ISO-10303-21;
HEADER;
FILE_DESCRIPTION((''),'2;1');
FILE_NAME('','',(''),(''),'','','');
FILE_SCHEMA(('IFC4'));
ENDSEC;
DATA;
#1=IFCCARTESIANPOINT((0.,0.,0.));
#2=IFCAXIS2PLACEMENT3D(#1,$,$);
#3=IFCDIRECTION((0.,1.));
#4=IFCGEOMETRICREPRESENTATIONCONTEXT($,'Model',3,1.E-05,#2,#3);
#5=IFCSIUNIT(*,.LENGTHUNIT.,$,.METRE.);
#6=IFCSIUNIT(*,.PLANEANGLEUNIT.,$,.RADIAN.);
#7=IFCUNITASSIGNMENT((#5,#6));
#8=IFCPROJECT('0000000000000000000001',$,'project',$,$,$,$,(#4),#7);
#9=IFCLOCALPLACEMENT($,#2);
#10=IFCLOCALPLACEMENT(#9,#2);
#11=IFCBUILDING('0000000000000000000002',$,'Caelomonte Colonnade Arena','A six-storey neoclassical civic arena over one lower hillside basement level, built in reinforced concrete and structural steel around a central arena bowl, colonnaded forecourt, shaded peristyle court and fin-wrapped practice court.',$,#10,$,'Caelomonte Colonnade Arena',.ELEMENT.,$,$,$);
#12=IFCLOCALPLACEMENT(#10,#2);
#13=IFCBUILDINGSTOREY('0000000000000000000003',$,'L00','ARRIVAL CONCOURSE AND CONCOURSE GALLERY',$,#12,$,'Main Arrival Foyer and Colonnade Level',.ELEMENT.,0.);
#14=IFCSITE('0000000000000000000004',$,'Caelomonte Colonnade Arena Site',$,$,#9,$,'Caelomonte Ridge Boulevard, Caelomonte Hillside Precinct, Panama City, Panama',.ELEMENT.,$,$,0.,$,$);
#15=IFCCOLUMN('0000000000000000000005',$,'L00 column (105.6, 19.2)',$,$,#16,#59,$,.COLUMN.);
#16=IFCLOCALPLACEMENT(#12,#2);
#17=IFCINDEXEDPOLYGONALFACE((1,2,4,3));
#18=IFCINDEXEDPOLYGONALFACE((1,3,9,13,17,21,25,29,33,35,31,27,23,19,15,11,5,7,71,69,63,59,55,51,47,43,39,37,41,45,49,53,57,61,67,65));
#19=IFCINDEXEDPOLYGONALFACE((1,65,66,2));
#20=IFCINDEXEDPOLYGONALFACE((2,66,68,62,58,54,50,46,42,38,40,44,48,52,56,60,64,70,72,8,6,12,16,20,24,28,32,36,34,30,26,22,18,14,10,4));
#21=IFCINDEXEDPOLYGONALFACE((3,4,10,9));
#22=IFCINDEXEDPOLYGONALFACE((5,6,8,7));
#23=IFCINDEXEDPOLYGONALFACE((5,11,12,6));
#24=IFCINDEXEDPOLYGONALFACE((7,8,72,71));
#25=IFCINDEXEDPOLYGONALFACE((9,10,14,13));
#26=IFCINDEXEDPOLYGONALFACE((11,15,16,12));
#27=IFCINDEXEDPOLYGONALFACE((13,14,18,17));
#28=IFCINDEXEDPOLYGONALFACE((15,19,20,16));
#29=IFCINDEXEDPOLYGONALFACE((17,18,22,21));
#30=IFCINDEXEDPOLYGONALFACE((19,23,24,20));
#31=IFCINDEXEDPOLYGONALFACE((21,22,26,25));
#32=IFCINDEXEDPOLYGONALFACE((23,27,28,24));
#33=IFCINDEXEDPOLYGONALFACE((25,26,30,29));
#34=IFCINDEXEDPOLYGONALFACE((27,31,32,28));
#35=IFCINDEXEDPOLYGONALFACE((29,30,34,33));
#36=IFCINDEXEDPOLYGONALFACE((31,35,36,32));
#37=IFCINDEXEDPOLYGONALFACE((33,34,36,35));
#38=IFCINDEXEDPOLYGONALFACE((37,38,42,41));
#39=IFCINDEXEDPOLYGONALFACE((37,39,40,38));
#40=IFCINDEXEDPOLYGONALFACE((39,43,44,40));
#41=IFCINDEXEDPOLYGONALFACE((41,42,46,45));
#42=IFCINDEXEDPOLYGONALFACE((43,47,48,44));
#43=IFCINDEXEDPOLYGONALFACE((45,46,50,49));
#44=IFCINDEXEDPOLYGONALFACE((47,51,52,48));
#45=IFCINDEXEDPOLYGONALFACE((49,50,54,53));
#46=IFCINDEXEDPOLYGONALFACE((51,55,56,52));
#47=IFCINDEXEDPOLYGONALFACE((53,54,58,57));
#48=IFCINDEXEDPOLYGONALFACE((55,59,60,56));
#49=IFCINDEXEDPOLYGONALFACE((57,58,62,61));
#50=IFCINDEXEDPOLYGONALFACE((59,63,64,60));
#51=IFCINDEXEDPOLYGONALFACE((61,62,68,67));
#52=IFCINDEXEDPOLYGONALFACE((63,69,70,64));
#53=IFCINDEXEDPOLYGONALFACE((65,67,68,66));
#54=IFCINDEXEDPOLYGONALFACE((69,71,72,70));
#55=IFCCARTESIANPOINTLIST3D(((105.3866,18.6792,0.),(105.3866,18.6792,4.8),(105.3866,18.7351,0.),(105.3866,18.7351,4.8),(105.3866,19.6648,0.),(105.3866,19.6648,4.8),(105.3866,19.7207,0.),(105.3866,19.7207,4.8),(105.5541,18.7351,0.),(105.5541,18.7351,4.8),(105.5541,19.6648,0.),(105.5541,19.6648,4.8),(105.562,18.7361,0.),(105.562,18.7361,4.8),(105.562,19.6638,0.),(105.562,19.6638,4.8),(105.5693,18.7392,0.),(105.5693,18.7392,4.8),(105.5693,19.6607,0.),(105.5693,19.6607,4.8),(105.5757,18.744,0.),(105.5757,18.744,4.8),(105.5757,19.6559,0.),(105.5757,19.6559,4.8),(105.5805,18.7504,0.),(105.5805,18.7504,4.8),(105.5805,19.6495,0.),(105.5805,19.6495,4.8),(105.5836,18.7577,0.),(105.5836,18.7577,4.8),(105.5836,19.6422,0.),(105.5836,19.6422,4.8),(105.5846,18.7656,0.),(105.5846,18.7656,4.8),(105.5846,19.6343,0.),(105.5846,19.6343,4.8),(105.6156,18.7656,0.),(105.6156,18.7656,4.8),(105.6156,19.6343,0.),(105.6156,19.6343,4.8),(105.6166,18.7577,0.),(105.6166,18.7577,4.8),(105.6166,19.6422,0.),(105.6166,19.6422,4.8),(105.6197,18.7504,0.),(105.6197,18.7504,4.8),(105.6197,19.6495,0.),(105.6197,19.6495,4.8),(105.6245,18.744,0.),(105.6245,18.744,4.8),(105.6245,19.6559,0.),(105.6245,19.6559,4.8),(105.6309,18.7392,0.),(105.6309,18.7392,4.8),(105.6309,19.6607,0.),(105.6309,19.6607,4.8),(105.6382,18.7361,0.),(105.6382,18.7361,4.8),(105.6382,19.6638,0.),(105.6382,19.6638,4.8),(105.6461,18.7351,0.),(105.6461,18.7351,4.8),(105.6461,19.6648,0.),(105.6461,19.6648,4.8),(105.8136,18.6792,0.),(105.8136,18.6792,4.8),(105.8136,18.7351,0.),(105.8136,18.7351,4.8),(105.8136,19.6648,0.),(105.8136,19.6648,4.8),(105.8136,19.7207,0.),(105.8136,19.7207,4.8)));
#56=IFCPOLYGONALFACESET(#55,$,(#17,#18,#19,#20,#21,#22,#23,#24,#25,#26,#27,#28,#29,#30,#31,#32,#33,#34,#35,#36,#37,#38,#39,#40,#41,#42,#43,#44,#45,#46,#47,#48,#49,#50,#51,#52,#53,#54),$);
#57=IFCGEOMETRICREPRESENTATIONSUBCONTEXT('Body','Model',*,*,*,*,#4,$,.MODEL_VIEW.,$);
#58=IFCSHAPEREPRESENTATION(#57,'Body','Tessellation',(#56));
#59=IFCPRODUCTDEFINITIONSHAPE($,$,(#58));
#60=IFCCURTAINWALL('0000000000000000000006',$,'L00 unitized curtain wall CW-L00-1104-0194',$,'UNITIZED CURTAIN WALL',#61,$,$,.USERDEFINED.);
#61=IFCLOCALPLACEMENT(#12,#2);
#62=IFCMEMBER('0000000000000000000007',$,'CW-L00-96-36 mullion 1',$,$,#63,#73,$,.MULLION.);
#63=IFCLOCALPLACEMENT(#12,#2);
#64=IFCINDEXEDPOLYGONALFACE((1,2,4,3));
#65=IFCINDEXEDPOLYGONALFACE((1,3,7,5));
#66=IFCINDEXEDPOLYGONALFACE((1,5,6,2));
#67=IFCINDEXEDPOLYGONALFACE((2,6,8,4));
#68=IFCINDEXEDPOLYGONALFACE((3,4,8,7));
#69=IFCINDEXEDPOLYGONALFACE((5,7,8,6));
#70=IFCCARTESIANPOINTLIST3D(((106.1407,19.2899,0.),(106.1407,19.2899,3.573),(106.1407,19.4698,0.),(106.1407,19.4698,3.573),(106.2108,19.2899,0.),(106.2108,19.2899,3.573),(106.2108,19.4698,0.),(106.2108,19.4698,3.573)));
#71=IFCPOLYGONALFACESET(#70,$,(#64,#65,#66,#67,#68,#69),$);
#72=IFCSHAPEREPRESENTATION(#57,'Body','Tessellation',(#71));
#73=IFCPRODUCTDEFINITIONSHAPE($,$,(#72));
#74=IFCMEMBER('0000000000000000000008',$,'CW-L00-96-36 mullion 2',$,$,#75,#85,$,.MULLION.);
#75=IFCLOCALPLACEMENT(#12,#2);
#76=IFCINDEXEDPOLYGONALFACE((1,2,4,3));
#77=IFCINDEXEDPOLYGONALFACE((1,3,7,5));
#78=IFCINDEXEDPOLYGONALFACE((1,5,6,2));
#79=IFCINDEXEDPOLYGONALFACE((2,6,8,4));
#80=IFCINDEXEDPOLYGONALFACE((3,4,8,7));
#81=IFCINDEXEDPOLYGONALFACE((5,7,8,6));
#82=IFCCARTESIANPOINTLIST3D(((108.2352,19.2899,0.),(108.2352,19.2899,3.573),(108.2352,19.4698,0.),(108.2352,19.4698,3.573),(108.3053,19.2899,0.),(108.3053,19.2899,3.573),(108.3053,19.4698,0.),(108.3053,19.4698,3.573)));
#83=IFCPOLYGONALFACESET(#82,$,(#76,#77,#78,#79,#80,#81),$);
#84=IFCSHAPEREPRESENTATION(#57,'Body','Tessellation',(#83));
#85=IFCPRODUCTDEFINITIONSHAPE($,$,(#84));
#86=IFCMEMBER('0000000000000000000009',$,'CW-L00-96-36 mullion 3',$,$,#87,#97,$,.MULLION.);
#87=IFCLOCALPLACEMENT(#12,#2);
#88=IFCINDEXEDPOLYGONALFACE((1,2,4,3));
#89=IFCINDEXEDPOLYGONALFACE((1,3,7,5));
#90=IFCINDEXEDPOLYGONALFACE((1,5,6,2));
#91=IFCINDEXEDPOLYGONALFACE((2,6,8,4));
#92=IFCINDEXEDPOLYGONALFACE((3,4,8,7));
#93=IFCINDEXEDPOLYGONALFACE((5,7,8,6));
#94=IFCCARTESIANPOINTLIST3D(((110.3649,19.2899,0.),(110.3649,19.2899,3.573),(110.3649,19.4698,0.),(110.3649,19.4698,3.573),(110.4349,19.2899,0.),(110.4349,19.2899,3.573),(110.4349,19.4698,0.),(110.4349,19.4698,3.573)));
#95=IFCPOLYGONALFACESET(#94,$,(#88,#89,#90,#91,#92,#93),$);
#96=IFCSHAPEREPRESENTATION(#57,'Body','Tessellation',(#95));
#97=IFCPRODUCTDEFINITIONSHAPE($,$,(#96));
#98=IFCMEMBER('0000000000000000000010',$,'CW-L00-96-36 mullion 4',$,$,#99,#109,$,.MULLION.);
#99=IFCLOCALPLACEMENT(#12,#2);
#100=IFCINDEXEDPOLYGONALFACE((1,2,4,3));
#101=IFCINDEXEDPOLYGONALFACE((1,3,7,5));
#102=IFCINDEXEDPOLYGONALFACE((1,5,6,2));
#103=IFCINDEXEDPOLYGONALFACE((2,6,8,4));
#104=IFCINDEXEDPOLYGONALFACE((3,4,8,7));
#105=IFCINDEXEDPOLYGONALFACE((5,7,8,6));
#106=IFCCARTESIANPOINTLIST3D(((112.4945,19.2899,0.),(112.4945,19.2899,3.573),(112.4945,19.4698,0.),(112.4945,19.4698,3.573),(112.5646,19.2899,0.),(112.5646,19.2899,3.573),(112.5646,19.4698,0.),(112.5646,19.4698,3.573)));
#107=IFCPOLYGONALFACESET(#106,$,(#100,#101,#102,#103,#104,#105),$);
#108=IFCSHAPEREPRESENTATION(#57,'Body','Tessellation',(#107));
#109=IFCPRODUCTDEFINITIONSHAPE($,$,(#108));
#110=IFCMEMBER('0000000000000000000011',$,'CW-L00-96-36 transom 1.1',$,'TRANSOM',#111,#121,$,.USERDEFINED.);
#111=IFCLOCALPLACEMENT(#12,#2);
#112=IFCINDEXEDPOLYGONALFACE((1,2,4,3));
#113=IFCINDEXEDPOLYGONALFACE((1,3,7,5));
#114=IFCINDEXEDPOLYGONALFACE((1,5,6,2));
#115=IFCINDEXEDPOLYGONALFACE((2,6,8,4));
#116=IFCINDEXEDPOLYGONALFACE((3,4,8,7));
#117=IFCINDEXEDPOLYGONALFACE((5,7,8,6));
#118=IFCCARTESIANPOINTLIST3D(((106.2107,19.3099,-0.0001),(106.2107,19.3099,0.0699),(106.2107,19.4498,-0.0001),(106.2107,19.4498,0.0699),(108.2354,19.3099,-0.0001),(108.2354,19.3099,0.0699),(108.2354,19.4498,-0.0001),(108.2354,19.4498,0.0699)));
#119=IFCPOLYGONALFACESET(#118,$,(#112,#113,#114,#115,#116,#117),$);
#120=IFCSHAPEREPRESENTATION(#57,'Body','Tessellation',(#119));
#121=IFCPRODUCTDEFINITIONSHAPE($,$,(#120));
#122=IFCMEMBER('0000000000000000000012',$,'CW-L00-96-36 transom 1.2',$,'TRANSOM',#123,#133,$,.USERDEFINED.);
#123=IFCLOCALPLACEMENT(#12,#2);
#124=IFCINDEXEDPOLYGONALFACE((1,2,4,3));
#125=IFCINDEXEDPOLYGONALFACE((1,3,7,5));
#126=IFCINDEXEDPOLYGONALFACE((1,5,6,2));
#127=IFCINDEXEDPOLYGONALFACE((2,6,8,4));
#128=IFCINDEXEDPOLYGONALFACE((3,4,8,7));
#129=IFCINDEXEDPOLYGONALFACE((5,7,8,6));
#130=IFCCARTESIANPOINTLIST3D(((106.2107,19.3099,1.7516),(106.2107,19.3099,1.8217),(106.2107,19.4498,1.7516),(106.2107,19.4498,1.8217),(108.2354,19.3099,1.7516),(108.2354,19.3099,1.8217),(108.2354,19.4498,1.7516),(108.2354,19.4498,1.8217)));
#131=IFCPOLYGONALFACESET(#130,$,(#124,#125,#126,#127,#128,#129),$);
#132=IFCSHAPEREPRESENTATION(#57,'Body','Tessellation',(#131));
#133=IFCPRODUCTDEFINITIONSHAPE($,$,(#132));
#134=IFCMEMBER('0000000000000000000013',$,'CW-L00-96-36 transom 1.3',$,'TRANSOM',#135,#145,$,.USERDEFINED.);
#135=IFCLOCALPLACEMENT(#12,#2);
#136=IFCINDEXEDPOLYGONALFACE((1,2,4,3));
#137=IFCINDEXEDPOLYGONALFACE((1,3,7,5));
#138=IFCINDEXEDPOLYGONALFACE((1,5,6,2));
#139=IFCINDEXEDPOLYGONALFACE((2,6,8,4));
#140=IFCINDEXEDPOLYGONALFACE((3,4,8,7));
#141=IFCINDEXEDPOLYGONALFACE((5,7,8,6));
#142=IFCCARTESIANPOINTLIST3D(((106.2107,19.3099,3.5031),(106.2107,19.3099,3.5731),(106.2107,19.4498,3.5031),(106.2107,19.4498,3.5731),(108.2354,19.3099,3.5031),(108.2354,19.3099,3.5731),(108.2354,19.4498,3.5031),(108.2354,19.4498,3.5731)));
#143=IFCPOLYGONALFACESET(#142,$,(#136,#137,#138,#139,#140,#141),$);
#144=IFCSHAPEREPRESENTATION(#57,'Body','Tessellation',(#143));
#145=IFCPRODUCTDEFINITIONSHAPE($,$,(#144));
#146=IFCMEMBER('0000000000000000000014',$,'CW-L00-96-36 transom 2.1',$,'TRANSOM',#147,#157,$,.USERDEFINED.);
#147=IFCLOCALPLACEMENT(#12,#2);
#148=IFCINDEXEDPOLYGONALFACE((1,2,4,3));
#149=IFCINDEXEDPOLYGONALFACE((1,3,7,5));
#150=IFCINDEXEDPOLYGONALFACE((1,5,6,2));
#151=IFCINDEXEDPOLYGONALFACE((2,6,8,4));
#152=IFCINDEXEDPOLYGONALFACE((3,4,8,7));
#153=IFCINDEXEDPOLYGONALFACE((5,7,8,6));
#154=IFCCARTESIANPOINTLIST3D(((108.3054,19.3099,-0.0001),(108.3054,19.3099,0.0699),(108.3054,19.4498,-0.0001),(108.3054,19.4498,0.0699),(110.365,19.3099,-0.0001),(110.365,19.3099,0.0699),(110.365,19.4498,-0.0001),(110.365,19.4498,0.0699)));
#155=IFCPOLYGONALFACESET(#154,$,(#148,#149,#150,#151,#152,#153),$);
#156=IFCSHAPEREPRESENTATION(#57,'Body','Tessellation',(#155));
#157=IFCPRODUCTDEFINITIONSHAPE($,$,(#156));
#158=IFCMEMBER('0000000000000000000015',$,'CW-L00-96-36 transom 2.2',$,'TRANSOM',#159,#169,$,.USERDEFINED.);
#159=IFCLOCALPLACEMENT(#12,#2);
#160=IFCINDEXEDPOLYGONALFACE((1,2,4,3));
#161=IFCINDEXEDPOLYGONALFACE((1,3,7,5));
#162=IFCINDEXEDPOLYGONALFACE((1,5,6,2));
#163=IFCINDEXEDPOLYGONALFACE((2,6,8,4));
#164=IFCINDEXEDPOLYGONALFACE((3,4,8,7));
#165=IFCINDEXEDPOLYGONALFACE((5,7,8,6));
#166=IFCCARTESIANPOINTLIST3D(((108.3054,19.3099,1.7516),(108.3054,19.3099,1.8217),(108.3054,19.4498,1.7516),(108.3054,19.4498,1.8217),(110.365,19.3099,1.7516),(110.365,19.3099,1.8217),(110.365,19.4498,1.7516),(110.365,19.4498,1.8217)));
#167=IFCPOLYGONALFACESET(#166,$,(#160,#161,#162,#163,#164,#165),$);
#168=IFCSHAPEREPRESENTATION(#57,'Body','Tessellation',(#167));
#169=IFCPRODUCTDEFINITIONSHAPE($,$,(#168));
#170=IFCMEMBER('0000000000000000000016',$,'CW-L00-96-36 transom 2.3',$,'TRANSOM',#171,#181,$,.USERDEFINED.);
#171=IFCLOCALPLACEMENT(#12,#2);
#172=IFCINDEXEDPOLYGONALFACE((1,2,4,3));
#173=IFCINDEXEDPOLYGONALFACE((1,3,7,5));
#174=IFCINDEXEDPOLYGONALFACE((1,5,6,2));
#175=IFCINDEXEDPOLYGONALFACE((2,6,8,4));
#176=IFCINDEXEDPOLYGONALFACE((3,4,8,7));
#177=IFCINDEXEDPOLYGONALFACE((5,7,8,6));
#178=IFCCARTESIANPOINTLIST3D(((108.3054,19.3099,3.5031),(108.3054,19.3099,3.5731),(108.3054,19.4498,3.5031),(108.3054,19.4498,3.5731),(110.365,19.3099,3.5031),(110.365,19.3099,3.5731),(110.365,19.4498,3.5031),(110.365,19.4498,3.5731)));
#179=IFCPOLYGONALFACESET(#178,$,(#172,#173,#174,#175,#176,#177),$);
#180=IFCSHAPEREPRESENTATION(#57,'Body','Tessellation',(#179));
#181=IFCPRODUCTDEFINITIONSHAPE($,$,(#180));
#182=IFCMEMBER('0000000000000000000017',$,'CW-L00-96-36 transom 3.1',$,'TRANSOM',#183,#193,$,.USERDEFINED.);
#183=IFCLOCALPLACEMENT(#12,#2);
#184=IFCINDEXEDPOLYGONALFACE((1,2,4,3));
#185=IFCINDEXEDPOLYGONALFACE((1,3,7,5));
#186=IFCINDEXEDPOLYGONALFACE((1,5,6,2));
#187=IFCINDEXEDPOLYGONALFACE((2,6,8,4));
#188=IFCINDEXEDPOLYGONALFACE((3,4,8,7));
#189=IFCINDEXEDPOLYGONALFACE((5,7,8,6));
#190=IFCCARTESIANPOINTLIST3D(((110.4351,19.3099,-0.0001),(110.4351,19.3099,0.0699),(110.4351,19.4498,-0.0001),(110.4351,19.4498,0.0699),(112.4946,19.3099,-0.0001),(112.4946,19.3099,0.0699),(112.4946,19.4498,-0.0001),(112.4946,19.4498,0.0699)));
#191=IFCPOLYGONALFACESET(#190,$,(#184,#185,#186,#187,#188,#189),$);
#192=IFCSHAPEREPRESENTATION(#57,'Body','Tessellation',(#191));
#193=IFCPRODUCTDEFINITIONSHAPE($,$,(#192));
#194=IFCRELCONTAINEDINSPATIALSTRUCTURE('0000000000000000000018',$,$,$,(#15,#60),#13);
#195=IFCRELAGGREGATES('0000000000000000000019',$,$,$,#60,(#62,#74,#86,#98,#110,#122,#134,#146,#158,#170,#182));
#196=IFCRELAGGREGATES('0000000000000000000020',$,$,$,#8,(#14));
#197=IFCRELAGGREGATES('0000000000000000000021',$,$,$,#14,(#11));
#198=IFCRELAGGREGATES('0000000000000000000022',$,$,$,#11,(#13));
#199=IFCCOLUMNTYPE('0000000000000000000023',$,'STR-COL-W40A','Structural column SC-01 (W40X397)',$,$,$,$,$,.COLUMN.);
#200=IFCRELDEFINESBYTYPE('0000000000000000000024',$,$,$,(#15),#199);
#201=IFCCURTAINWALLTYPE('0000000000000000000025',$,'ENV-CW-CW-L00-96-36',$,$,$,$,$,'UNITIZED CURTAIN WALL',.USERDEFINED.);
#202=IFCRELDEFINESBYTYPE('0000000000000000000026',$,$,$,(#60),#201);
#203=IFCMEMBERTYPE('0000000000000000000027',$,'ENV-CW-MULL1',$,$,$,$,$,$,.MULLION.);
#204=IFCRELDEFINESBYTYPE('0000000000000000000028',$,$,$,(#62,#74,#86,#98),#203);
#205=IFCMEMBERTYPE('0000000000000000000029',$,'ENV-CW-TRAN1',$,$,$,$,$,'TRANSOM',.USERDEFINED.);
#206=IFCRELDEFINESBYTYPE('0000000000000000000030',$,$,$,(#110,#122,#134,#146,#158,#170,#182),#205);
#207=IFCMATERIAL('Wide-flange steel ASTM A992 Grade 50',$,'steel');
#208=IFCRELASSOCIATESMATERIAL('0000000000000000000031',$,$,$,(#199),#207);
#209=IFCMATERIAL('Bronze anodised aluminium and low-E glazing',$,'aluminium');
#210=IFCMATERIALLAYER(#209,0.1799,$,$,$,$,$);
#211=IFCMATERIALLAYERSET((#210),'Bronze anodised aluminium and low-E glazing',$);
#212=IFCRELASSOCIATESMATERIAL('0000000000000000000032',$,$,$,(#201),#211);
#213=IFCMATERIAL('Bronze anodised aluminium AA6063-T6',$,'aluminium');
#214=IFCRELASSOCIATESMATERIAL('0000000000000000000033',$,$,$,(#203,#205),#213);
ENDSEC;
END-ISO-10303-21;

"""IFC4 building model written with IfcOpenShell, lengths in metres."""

from ifc_helpers import new_model, si_unit, direction, frame, origin, origin_2d, place, context, subcontext, project, spatial, rectangle, i_section, extrude, material, layer, layer_set, material_profile, profile_set, type_object, element, aggregate, save


model = new_model("IFC4")

# Units and contexts
model_context = context("Model", 3, precision=1e-05, world=origin(), true_north=direction((0.0, 1.0)))
body_context = subcontext(model_context, "Body", "Model", "MODEL_VIEW")
ifc_project = project(units=[si_unit("LENGTHUNIT", "METRE"), si_unit("PLANEANGLEUNIT", "RADIAN")], contexts=[model_context])

# Site, building, storey
site_placement = place(None, origin())
site = spatial("IfcSite", under=ifc_project, at=site_placement, Name="Caelomonte Colonnade Arena Site", LongName="Caelomonte Ridge Boulevard, Caelomonte Hillside Precinct, Panama City, Panama", CompositionType="ELEMENT", RefElevation=0.0)
building_placement = place(site_placement, origin())
building = spatial("IfcBuilding", under=site, at=building_placement, Name="Caelomonte Colonnade Arena", Description="A six-storey neoclassical civic arena over one lower hillside basement level, built in reinforced concrete and structural steel around a central arena bowl, colonnaded forecourt, shaded peristyle court and fin-wrapped practice court.", LongName="Caelomonte Colonnade Arena", CompositionType="ELEMENT")
storey_placement = place(building_placement, origin())
storey = spatial("IfcBuildingStorey", under=building, at=storey_placement, Name="L00", Description="ARRIVAL CONCOURSE AND CONCOURSE GALLERY", LongName="Main Arrival Foyer and Colonnade Level", CompositionType="ELEMENT", Elevation=0.0)

# Column
ifc_material_1 = material(Name="Wide-flange steel ASTM A992 Grade 50", Category="steel")
ifc_material_profile_1 = material_profile(ifc_material_1, i_section(OverallWidth=0.427, OverallDepth=1.0415, WebThickness=0.031, FlangeThickness=0.0559, FilletRadius=0.0305, at=origin_2d()), Name="W40X397")
ifc_profile_set_1 = profile_set([ifc_material_profile_1], Name="Wide-flange steel ASTM A992 Grade 50")
column_type = type_object("IfcColumnType", Name="STR-COL-W40A", Description="Structural column SC-01 (W40X397)", PredefinedType="COLUMN", material=ifc_profile_set_1)
column_placement = place(storey_placement, frame((105.6001, 19.2, 0.0), z_axis=(0.0, 0.0, 1.0), x_axis=(1.0, 0.0, 0.0)))
element("IfcColumn", 1, at=column_placement, inside=storey, type_object=column_type, Name="L00 column (105.6, 19.2)", PredefinedType="COLUMN", context=body_context, shape_type="SweptSolid", body=[
    extrude(i_section(OverallWidth=0.427, OverallDepth=1.0415, WebThickness=0.031, FlangeThickness=0.0559, FilletRadius=0.0305, at=origin_2d()), origin(), (0.0, 0.0, 1.0), 4.8),
])

# Curtain wall, members
ifc_material_2 = material(Name="Bronze anodised aluminium and low-E glazing", Category="aluminium")
ifc_layer_1 = layer(ifc_material_2, 0.1799)
ifc_layer_set_1 = layer_set([ifc_layer_1], Name="Bronze anodised aluminium and low-E glazing")
curtain_wall_type = type_object("IfcCurtainWallType", Name="ENV-CW-CW-L00-96-36", ElementType="UNITIZED CURTAIN WALL", PredefinedType="USERDEFINED", material=ifc_layer_set_1)
curtain_wall_placement = place(storey_placement, origin())
curtain_wall = element("IfcCurtainWall", 2, at=curtain_wall_placement, inside=storey, type_object=curtain_wall_type, Name="L00 unitized curtain wall CW-L00-1104-0194", ObjectType="UNITIZED CURTAIN WALL", PredefinedType="USERDEFINED")
ifc_material_3 = material(Name="Bronze anodised aluminium AA6063-T6", Category="aluminium")
ifc_material_profile_2 = material_profile(ifc_material_3, rectangle(XDim=0.0701, YDim=0.1799, at=origin_2d()), Name="CWM-70X180")
ifc_profile_set_2 = profile_set([ifc_material_profile_2], Name="Bronze anodised aluminium AA6063-T6")
member_type_1 = type_object("IfcMemberType", Name="ENV-CW-MULL1", PredefinedType="MULLION", material=ifc_profile_set_2)
member_1_placement = place(storey_placement, frame((106.1758, 19.3799, 0.0), z_axis=(0.0, 0.0, 1.0), x_axis=(1.0, 0.0, 0.0)))
member_1 = element("IfcMember", 3, at=member_1_placement, type_object=member_type_1, Name="CW-L00-96-36 mullion 1", PredefinedType="MULLION", context=body_context, shape_type="SweptSolid", body=[
    extrude(rectangle(XDim=0.0701, YDim=0.1799, at=origin_2d()), origin(), (0.0, 0.0, 1.0), 3.573),
])
member_2_placement = place(storey_placement, frame((108.2703, 19.3799, 0.0), z_axis=(0.0, 0.0, 1.0), x_axis=(1.0, 0.0, 0.0)))
member_2 = element("IfcMember", 4, at=member_2_placement, type_object=member_type_1, Name="CW-L00-96-36 mullion 2", PredefinedType="MULLION", context=body_context, shape_type="SweptSolid", body=[
    extrude(rectangle(XDim=0.0701, YDim=0.1799, at=origin_2d()), origin(), (0.0, 0.0, 1.0), 3.573),
])
member_3_placement = place(storey_placement, frame((110.3999, 19.3799, 0.0), z_axis=(0.0, 0.0, 1.0), x_axis=(1.0, 0.0, 0.0)))
member_3 = element("IfcMember", 5, at=member_3_placement, type_object=member_type_1, Name="CW-L00-96-36 mullion 3", PredefinedType="MULLION", context=body_context, shape_type="SweptSolid", body=[
    extrude(rectangle(XDim=0.0701, YDim=0.1799, at=origin_2d()), origin(), (0.0, 0.0, 1.0), 3.573),
])
member_4_placement = place(storey_placement, frame((112.5295, 19.3799, 0.0), z_axis=(0.0, 0.0, 1.0), x_axis=(1.0, 0.0, 0.0)))
member_4 = element("IfcMember", 6, at=member_4_placement, type_object=member_type_1, Name="CW-L00-96-36 mullion 4", PredefinedType="MULLION", context=body_context, shape_type="SweptSolid", body=[
    extrude(rectangle(XDim=0.0701, YDim=0.1799, at=origin_2d()), origin(), (0.0, 0.0, 1.0), 3.573),
])
ifc_material_profile_3 = material_profile(ifc_material_3, rectangle(XDim=0.0701, YDim=0.1399, at=origin_2d()), Name="CWT-70X140")
ifc_profile_set_3 = profile_set([ifc_material_profile_3], Name="Bronze anodised aluminium AA6063-T6")
member_type_2 = type_object("IfcMemberType", Name="ENV-CW-TRAN1", ElementType="TRANSOM", PredefinedType="USERDEFINED", material=ifc_profile_set_3)
member_5_placement = place(storey_placement, frame((106.2107, 19.3799, 0.0349), z_axis=(1.0, 0.0, 0.0), x_axis=(0.0, 0.0, 1.0)))
member_5 = element("IfcMember", 7, at=member_5_placement, type_object=member_type_2, Name="CW-L00-96-36 transom 1.1", ObjectType="TRANSOM", PredefinedType="USERDEFINED", context=body_context, shape_type="SweptSolid", body=[
    extrude(rectangle(XDim=0.0701, YDim=0.1399, at=origin_2d()), origin(), (0.0, 0.0, 1.0), 2.0247),
])
member_6_placement = place(storey_placement, frame((106.2107, 19.3799, 1.7866), z_axis=(1.0, 0.0, 0.0), x_axis=(0.0, 0.0, 1.0)))
member_6 = element("IfcMember", 8, at=member_6_placement, type_object=member_type_2, Name="CW-L00-96-36 transom 1.2", ObjectType="TRANSOM", PredefinedType="USERDEFINED", context=body_context, shape_type="SweptSolid", body=[
    extrude(rectangle(XDim=0.0701, YDim=0.1399, at=origin_2d()), origin(), (0.0, 0.0, 1.0), 2.0247),
])
member_7_placement = place(storey_placement, frame((106.2107, 19.3799, 3.5381), z_axis=(1.0, 0.0, 0.0), x_axis=(0.0, 0.0, 1.0)))
member_7 = element("IfcMember", 9, at=member_7_placement, type_object=member_type_2, Name="CW-L00-96-36 transom 1.3", ObjectType="TRANSOM", PredefinedType="USERDEFINED", context=body_context, shape_type="SweptSolid", body=[
    extrude(rectangle(XDim=0.0701, YDim=0.1399, at=origin_2d()), origin(), (0.0, 0.0, 1.0), 2.0247),
])
member_8_placement = place(storey_placement, frame((108.3054, 19.3799, 0.0349), z_axis=(1.0, 0.0, 0.0), x_axis=(0.0, 0.0, 1.0)))
member_8 = element("IfcMember", 10, at=member_8_placement, type_object=member_type_2, Name="CW-L00-96-36 transom 2.1", ObjectType="TRANSOM", PredefinedType="USERDEFINED", context=body_context, shape_type="SweptSolid", body=[
    extrude(rectangle(XDim=0.0701, YDim=0.1399, at=origin_2d()), origin(), (0.0, 0.0, 1.0), 2.0596),
])
member_9_placement = place(storey_placement, frame((108.3054, 19.3799, 1.7866), z_axis=(1.0, 0.0, 0.0), x_axis=(0.0, 0.0, 1.0)))
member_9 = element("IfcMember", 11, at=member_9_placement, type_object=member_type_2, Name="CW-L00-96-36 transom 2.2", ObjectType="TRANSOM", PredefinedType="USERDEFINED", context=body_context, shape_type="SweptSolid", body=[
    extrude(rectangle(XDim=0.0701, YDim=0.1399, at=origin_2d()), origin(), (0.0, 0.0, 1.0), 2.0596),
])
member_10_placement = place(storey_placement, frame((108.3054, 19.3799, 3.5381), z_axis=(1.0, 0.0, 0.0), x_axis=(0.0, 0.0, 1.0)))
member_10 = element("IfcMember", 12, at=member_10_placement, type_object=member_type_2, Name="CW-L00-96-36 transom 2.3", ObjectType="TRANSOM", PredefinedType="USERDEFINED", context=body_context, shape_type="SweptSolid", body=[
    extrude(rectangle(XDim=0.0701, YDim=0.1399, at=origin_2d()), origin(), (0.0, 0.0, 1.0), 2.0596),
])
member_11_placement = place(storey_placement, frame((110.4351, 19.3799, 0.0349), z_axis=(1.0, 0.0, 0.0), x_axis=(0.0, 0.0, 1.0)))
member_11 = element("IfcMember", 13, at=member_11_placement, type_object=member_type_2, Name="CW-L00-96-36 transom 3.1", ObjectType="TRANSOM", PredefinedType="USERDEFINED", context=body_context, shape_type="SweptSolid", body=[
    extrude(rectangle(XDim=0.0701, YDim=0.1399, at=origin_2d()), origin(), (0.0, 0.0, 1.0), 2.0596),
])

aggregate(curtain_wall, [member_1, member_2, member_3, member_4, member_5, member_6, member_7, member_8, member_9, member_10, member_11])

save(model, "model.ifc")
